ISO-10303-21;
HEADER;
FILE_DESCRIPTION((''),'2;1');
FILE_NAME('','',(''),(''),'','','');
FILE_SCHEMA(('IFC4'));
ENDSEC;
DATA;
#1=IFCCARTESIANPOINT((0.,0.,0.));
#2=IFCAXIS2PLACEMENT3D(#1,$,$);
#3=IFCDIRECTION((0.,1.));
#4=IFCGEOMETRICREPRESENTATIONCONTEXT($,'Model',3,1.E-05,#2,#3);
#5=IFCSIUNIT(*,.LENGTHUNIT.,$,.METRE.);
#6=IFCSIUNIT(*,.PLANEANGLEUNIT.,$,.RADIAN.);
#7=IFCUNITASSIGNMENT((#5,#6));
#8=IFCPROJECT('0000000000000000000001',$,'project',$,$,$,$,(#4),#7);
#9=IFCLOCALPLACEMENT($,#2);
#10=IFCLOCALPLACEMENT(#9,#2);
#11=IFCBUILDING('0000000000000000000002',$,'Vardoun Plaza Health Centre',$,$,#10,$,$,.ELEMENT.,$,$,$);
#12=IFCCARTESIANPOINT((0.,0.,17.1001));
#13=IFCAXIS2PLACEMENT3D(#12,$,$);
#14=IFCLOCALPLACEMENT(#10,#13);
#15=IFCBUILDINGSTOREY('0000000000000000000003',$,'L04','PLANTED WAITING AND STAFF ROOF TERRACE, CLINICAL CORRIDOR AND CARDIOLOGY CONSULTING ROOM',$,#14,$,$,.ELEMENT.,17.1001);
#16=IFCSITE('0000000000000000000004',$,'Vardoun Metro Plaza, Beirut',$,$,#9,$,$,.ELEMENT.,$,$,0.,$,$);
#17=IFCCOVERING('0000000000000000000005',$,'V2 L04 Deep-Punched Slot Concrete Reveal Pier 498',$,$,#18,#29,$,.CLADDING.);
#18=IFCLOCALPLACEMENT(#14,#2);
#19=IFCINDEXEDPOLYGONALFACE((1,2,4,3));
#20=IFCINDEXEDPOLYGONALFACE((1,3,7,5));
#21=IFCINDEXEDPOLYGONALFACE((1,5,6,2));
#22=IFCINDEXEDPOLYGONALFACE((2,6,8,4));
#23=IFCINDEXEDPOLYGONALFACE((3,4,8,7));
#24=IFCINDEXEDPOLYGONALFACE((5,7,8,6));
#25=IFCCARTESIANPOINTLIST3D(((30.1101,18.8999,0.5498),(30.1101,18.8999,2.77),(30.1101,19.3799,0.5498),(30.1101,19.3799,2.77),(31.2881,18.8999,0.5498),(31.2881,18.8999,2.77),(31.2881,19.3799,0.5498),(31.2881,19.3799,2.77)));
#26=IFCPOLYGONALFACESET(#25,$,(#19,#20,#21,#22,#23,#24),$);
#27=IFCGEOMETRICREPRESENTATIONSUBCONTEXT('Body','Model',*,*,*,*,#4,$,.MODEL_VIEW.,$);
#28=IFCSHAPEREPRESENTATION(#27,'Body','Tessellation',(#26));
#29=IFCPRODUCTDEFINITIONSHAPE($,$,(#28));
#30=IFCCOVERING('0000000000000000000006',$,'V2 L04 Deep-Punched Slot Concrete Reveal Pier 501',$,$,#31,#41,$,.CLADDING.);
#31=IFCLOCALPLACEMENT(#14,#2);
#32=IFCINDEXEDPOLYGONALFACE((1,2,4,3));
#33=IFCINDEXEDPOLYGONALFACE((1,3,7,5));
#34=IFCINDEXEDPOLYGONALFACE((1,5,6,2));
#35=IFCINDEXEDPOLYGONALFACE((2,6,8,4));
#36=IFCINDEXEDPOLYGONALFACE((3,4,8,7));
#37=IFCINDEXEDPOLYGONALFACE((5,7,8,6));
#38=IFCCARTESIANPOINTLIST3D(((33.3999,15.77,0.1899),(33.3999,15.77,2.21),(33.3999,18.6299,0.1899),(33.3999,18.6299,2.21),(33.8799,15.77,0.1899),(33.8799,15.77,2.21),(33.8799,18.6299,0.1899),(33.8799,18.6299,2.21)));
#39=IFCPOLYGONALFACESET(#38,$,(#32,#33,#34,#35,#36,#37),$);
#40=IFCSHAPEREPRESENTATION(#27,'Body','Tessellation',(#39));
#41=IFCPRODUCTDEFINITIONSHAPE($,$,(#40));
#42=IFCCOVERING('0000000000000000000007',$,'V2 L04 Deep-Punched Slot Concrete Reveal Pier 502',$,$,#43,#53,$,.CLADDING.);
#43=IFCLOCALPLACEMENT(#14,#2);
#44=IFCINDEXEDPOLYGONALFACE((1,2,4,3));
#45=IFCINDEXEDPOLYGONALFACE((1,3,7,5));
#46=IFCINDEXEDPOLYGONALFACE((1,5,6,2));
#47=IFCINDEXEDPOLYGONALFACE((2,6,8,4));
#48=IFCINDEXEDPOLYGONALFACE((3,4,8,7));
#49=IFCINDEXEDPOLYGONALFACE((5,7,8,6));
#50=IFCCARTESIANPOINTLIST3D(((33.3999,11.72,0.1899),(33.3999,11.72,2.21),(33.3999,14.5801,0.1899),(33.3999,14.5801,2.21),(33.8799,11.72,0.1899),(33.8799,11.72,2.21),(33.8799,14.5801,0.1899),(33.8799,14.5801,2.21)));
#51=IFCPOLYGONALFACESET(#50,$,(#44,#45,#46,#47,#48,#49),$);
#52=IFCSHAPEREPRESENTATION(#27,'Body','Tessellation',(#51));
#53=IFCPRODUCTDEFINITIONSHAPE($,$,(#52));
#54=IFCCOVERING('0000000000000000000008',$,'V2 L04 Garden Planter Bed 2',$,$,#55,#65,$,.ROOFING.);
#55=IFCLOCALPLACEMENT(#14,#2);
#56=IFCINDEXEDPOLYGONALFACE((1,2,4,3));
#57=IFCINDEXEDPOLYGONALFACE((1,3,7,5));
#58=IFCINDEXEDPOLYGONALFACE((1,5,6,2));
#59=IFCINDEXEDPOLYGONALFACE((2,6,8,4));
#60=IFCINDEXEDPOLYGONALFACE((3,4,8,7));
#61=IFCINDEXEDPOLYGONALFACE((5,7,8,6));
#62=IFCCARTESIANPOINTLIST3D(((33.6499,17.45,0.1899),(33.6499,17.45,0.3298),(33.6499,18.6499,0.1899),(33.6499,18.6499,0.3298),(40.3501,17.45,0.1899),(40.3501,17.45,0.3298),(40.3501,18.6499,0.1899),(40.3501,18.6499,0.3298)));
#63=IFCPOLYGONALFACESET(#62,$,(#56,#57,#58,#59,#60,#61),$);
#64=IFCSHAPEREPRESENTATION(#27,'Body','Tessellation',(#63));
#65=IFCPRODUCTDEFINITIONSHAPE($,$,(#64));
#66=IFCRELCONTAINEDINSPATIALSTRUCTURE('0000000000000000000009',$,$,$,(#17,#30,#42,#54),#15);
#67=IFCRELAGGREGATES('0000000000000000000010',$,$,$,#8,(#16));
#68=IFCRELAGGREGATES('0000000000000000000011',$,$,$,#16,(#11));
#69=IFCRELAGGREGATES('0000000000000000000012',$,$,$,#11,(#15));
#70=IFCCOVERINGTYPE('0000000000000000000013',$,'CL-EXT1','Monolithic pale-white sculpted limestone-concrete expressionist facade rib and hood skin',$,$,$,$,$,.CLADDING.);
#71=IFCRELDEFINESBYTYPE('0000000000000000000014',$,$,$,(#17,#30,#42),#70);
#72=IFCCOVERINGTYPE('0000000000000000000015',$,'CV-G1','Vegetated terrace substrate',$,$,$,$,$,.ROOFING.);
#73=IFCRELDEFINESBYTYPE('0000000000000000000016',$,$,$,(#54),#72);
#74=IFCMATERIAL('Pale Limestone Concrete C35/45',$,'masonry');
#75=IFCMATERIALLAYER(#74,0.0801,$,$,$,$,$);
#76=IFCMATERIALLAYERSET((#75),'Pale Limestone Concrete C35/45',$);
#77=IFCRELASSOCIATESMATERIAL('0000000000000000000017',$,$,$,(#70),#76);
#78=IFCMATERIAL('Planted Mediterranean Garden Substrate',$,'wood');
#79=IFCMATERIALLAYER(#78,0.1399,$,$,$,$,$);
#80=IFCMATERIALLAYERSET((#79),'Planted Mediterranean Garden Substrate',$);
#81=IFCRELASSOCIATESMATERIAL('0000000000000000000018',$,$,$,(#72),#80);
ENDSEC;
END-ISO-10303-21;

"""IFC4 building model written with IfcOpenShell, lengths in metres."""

from ifc_helpers import new_model, si_unit, direction, frame, origin, place, context, subcontext, project, spatial, polyline, outline, extrude, material, layer, layer_set, type_object, element, save


model = new_model("IFC4")

# Units and contexts
model_context = context("Model", 3, precision=1e-05, world=origin(), true_north=direction((0.0, 1.0)))
body_context = subcontext(model_context, "Body", "Model", "MODEL_VIEW")
ifc_project = project(units=[si_unit("LENGTHUNIT", "METRE"), si_unit("PLANEANGLEUNIT", "RADIAN")], contexts=[model_context])

# Site, building, storey
site_placement = place(None, origin())
site = spatial("IfcSite", under=ifc_project, at=site_placement, Name="Vardoun Metro Plaza, Beirut", CompositionType="ELEMENT", RefElevation=0.0)
building_placement = place(site_placement, origin())
building = spatial("IfcBuilding", under=site, at=building_placement, Name="Vardoun Plaza Health Centre", CompositionType="ELEMENT")
storey_placement = place(building_placement, frame((0.0, 0.0, 17.1001)))
storey = spatial("IfcBuildingStorey", under=building, at=storey_placement, Name="L04", Description="PLANTED WAITING AND STAFF ROOF TERRACE, CLINICAL CORRIDOR AND CARDIOLOGY CONSULTING ROOM", CompositionType="ELEMENT", Elevation=17.1001)

# Coverings
ifc_material_1 = material(Name="Pale Limestone Concrete C35/45", Category="masonry")
ifc_layer_1 = layer(ifc_material_1, 0.0801)
ifc_layer_set_1 = layer_set([ifc_layer_1], Name="Pale Limestone Concrete C35/45")
covering_type_1 = type_object("IfcCoveringType", Name="CL-EXT1", Description="Monolithic pale-white sculpted limestone-concrete expressionist facade rib and hood skin", PredefinedType="CLADDING", material=ifc_layer_set_1)
covering_1_placement = place(storey_placement, frame((0.0, 0.0, 0.5498)))
element("IfcCovering", 1, at=covering_1_placement, inside=storey, type_object=covering_type_1, Name="V2 L04 Deep-Punched Slot Concrete Reveal Pier 498", PredefinedType="CLADDING", context=body_context, shape_type="SweptSolid", body=[
    extrude(outline(polyline([(30.1101, 18.8999), (31.2881, 18.8999), (31.2881, 19.3799), (30.1101, 19.3799), (30.1101, 18.8999)])), origin(), (0.0, 0.0, 1.0), 2.2202),
])
covering_2_placement = place(storey_placement, frame((0.0, 0.0, 0.1899)))
element("IfcCovering", 2, at=covering_2_placement, inside=storey, type_object=covering_type_1, Name="V2 L04 Deep-Punched Slot Concrete Reveal Pier 501", PredefinedType="CLADDING", context=body_context, shape_type="SweptSolid", body=[
    extrude(outline(polyline([(33.3999, 18.6299), (33.3999, 15.77), (33.8799, 15.77), (33.8799, 18.6299), (33.3999, 18.6299)])), origin(), (0.0, 0.0, 1.0), 2.02),
])
covering_3_placement = place(storey_placement, frame((0.0, 0.0, 0.1899)))
element("IfcCovering", 3, at=covering_3_placement, inside=storey, type_object=covering_type_1, Name="V2 L04 Deep-Punched Slot Concrete Reveal Pier 502", PredefinedType="CLADDING", context=body_context, shape_type="SweptSolid", body=[
    extrude(outline(polyline([(33.3999, 14.5801), (33.3999, 11.72), (33.8799, 11.72), (33.8799, 14.5801), (33.3999, 14.5801)])), origin(), (0.0, 0.0, 1.0), 2.02),
])
ifc_material_2 = material(Name="Planted Mediterranean Garden Substrate", Category="wood")
ifc_layer_2 = layer(ifc_material_2, 0.1399)
ifc_layer_set_2 = layer_set([ifc_layer_2], Name="Planted Mediterranean Garden Substrate")
covering_type_2 = type_object("IfcCoveringType", Name="CV-G1", Description="Vegetated terrace substrate", PredefinedType="ROOFING", material=ifc_layer_set_2)
covering_4_placement = place(storey_placement, frame((0.0, 0.0, 0.1899)))
element("IfcCovering", 4, at=covering_4_placement, inside=storey, type_object=covering_type_2, Name="V2 L04 Garden Planter Bed 2", PredefinedType="ROOFING", context=body_context, shape_type="SweptSolid", body=[
    extrude(outline(polyline([(33.6499, 17.45), (40.3501, 17.45), (40.3501, 18.6499), (33.6499, 18.6499), (33.6499, 17.45)])), origin(), (0.0, 0.0, 1.0), 0.1399),
])

save(model, "model.ifc")
